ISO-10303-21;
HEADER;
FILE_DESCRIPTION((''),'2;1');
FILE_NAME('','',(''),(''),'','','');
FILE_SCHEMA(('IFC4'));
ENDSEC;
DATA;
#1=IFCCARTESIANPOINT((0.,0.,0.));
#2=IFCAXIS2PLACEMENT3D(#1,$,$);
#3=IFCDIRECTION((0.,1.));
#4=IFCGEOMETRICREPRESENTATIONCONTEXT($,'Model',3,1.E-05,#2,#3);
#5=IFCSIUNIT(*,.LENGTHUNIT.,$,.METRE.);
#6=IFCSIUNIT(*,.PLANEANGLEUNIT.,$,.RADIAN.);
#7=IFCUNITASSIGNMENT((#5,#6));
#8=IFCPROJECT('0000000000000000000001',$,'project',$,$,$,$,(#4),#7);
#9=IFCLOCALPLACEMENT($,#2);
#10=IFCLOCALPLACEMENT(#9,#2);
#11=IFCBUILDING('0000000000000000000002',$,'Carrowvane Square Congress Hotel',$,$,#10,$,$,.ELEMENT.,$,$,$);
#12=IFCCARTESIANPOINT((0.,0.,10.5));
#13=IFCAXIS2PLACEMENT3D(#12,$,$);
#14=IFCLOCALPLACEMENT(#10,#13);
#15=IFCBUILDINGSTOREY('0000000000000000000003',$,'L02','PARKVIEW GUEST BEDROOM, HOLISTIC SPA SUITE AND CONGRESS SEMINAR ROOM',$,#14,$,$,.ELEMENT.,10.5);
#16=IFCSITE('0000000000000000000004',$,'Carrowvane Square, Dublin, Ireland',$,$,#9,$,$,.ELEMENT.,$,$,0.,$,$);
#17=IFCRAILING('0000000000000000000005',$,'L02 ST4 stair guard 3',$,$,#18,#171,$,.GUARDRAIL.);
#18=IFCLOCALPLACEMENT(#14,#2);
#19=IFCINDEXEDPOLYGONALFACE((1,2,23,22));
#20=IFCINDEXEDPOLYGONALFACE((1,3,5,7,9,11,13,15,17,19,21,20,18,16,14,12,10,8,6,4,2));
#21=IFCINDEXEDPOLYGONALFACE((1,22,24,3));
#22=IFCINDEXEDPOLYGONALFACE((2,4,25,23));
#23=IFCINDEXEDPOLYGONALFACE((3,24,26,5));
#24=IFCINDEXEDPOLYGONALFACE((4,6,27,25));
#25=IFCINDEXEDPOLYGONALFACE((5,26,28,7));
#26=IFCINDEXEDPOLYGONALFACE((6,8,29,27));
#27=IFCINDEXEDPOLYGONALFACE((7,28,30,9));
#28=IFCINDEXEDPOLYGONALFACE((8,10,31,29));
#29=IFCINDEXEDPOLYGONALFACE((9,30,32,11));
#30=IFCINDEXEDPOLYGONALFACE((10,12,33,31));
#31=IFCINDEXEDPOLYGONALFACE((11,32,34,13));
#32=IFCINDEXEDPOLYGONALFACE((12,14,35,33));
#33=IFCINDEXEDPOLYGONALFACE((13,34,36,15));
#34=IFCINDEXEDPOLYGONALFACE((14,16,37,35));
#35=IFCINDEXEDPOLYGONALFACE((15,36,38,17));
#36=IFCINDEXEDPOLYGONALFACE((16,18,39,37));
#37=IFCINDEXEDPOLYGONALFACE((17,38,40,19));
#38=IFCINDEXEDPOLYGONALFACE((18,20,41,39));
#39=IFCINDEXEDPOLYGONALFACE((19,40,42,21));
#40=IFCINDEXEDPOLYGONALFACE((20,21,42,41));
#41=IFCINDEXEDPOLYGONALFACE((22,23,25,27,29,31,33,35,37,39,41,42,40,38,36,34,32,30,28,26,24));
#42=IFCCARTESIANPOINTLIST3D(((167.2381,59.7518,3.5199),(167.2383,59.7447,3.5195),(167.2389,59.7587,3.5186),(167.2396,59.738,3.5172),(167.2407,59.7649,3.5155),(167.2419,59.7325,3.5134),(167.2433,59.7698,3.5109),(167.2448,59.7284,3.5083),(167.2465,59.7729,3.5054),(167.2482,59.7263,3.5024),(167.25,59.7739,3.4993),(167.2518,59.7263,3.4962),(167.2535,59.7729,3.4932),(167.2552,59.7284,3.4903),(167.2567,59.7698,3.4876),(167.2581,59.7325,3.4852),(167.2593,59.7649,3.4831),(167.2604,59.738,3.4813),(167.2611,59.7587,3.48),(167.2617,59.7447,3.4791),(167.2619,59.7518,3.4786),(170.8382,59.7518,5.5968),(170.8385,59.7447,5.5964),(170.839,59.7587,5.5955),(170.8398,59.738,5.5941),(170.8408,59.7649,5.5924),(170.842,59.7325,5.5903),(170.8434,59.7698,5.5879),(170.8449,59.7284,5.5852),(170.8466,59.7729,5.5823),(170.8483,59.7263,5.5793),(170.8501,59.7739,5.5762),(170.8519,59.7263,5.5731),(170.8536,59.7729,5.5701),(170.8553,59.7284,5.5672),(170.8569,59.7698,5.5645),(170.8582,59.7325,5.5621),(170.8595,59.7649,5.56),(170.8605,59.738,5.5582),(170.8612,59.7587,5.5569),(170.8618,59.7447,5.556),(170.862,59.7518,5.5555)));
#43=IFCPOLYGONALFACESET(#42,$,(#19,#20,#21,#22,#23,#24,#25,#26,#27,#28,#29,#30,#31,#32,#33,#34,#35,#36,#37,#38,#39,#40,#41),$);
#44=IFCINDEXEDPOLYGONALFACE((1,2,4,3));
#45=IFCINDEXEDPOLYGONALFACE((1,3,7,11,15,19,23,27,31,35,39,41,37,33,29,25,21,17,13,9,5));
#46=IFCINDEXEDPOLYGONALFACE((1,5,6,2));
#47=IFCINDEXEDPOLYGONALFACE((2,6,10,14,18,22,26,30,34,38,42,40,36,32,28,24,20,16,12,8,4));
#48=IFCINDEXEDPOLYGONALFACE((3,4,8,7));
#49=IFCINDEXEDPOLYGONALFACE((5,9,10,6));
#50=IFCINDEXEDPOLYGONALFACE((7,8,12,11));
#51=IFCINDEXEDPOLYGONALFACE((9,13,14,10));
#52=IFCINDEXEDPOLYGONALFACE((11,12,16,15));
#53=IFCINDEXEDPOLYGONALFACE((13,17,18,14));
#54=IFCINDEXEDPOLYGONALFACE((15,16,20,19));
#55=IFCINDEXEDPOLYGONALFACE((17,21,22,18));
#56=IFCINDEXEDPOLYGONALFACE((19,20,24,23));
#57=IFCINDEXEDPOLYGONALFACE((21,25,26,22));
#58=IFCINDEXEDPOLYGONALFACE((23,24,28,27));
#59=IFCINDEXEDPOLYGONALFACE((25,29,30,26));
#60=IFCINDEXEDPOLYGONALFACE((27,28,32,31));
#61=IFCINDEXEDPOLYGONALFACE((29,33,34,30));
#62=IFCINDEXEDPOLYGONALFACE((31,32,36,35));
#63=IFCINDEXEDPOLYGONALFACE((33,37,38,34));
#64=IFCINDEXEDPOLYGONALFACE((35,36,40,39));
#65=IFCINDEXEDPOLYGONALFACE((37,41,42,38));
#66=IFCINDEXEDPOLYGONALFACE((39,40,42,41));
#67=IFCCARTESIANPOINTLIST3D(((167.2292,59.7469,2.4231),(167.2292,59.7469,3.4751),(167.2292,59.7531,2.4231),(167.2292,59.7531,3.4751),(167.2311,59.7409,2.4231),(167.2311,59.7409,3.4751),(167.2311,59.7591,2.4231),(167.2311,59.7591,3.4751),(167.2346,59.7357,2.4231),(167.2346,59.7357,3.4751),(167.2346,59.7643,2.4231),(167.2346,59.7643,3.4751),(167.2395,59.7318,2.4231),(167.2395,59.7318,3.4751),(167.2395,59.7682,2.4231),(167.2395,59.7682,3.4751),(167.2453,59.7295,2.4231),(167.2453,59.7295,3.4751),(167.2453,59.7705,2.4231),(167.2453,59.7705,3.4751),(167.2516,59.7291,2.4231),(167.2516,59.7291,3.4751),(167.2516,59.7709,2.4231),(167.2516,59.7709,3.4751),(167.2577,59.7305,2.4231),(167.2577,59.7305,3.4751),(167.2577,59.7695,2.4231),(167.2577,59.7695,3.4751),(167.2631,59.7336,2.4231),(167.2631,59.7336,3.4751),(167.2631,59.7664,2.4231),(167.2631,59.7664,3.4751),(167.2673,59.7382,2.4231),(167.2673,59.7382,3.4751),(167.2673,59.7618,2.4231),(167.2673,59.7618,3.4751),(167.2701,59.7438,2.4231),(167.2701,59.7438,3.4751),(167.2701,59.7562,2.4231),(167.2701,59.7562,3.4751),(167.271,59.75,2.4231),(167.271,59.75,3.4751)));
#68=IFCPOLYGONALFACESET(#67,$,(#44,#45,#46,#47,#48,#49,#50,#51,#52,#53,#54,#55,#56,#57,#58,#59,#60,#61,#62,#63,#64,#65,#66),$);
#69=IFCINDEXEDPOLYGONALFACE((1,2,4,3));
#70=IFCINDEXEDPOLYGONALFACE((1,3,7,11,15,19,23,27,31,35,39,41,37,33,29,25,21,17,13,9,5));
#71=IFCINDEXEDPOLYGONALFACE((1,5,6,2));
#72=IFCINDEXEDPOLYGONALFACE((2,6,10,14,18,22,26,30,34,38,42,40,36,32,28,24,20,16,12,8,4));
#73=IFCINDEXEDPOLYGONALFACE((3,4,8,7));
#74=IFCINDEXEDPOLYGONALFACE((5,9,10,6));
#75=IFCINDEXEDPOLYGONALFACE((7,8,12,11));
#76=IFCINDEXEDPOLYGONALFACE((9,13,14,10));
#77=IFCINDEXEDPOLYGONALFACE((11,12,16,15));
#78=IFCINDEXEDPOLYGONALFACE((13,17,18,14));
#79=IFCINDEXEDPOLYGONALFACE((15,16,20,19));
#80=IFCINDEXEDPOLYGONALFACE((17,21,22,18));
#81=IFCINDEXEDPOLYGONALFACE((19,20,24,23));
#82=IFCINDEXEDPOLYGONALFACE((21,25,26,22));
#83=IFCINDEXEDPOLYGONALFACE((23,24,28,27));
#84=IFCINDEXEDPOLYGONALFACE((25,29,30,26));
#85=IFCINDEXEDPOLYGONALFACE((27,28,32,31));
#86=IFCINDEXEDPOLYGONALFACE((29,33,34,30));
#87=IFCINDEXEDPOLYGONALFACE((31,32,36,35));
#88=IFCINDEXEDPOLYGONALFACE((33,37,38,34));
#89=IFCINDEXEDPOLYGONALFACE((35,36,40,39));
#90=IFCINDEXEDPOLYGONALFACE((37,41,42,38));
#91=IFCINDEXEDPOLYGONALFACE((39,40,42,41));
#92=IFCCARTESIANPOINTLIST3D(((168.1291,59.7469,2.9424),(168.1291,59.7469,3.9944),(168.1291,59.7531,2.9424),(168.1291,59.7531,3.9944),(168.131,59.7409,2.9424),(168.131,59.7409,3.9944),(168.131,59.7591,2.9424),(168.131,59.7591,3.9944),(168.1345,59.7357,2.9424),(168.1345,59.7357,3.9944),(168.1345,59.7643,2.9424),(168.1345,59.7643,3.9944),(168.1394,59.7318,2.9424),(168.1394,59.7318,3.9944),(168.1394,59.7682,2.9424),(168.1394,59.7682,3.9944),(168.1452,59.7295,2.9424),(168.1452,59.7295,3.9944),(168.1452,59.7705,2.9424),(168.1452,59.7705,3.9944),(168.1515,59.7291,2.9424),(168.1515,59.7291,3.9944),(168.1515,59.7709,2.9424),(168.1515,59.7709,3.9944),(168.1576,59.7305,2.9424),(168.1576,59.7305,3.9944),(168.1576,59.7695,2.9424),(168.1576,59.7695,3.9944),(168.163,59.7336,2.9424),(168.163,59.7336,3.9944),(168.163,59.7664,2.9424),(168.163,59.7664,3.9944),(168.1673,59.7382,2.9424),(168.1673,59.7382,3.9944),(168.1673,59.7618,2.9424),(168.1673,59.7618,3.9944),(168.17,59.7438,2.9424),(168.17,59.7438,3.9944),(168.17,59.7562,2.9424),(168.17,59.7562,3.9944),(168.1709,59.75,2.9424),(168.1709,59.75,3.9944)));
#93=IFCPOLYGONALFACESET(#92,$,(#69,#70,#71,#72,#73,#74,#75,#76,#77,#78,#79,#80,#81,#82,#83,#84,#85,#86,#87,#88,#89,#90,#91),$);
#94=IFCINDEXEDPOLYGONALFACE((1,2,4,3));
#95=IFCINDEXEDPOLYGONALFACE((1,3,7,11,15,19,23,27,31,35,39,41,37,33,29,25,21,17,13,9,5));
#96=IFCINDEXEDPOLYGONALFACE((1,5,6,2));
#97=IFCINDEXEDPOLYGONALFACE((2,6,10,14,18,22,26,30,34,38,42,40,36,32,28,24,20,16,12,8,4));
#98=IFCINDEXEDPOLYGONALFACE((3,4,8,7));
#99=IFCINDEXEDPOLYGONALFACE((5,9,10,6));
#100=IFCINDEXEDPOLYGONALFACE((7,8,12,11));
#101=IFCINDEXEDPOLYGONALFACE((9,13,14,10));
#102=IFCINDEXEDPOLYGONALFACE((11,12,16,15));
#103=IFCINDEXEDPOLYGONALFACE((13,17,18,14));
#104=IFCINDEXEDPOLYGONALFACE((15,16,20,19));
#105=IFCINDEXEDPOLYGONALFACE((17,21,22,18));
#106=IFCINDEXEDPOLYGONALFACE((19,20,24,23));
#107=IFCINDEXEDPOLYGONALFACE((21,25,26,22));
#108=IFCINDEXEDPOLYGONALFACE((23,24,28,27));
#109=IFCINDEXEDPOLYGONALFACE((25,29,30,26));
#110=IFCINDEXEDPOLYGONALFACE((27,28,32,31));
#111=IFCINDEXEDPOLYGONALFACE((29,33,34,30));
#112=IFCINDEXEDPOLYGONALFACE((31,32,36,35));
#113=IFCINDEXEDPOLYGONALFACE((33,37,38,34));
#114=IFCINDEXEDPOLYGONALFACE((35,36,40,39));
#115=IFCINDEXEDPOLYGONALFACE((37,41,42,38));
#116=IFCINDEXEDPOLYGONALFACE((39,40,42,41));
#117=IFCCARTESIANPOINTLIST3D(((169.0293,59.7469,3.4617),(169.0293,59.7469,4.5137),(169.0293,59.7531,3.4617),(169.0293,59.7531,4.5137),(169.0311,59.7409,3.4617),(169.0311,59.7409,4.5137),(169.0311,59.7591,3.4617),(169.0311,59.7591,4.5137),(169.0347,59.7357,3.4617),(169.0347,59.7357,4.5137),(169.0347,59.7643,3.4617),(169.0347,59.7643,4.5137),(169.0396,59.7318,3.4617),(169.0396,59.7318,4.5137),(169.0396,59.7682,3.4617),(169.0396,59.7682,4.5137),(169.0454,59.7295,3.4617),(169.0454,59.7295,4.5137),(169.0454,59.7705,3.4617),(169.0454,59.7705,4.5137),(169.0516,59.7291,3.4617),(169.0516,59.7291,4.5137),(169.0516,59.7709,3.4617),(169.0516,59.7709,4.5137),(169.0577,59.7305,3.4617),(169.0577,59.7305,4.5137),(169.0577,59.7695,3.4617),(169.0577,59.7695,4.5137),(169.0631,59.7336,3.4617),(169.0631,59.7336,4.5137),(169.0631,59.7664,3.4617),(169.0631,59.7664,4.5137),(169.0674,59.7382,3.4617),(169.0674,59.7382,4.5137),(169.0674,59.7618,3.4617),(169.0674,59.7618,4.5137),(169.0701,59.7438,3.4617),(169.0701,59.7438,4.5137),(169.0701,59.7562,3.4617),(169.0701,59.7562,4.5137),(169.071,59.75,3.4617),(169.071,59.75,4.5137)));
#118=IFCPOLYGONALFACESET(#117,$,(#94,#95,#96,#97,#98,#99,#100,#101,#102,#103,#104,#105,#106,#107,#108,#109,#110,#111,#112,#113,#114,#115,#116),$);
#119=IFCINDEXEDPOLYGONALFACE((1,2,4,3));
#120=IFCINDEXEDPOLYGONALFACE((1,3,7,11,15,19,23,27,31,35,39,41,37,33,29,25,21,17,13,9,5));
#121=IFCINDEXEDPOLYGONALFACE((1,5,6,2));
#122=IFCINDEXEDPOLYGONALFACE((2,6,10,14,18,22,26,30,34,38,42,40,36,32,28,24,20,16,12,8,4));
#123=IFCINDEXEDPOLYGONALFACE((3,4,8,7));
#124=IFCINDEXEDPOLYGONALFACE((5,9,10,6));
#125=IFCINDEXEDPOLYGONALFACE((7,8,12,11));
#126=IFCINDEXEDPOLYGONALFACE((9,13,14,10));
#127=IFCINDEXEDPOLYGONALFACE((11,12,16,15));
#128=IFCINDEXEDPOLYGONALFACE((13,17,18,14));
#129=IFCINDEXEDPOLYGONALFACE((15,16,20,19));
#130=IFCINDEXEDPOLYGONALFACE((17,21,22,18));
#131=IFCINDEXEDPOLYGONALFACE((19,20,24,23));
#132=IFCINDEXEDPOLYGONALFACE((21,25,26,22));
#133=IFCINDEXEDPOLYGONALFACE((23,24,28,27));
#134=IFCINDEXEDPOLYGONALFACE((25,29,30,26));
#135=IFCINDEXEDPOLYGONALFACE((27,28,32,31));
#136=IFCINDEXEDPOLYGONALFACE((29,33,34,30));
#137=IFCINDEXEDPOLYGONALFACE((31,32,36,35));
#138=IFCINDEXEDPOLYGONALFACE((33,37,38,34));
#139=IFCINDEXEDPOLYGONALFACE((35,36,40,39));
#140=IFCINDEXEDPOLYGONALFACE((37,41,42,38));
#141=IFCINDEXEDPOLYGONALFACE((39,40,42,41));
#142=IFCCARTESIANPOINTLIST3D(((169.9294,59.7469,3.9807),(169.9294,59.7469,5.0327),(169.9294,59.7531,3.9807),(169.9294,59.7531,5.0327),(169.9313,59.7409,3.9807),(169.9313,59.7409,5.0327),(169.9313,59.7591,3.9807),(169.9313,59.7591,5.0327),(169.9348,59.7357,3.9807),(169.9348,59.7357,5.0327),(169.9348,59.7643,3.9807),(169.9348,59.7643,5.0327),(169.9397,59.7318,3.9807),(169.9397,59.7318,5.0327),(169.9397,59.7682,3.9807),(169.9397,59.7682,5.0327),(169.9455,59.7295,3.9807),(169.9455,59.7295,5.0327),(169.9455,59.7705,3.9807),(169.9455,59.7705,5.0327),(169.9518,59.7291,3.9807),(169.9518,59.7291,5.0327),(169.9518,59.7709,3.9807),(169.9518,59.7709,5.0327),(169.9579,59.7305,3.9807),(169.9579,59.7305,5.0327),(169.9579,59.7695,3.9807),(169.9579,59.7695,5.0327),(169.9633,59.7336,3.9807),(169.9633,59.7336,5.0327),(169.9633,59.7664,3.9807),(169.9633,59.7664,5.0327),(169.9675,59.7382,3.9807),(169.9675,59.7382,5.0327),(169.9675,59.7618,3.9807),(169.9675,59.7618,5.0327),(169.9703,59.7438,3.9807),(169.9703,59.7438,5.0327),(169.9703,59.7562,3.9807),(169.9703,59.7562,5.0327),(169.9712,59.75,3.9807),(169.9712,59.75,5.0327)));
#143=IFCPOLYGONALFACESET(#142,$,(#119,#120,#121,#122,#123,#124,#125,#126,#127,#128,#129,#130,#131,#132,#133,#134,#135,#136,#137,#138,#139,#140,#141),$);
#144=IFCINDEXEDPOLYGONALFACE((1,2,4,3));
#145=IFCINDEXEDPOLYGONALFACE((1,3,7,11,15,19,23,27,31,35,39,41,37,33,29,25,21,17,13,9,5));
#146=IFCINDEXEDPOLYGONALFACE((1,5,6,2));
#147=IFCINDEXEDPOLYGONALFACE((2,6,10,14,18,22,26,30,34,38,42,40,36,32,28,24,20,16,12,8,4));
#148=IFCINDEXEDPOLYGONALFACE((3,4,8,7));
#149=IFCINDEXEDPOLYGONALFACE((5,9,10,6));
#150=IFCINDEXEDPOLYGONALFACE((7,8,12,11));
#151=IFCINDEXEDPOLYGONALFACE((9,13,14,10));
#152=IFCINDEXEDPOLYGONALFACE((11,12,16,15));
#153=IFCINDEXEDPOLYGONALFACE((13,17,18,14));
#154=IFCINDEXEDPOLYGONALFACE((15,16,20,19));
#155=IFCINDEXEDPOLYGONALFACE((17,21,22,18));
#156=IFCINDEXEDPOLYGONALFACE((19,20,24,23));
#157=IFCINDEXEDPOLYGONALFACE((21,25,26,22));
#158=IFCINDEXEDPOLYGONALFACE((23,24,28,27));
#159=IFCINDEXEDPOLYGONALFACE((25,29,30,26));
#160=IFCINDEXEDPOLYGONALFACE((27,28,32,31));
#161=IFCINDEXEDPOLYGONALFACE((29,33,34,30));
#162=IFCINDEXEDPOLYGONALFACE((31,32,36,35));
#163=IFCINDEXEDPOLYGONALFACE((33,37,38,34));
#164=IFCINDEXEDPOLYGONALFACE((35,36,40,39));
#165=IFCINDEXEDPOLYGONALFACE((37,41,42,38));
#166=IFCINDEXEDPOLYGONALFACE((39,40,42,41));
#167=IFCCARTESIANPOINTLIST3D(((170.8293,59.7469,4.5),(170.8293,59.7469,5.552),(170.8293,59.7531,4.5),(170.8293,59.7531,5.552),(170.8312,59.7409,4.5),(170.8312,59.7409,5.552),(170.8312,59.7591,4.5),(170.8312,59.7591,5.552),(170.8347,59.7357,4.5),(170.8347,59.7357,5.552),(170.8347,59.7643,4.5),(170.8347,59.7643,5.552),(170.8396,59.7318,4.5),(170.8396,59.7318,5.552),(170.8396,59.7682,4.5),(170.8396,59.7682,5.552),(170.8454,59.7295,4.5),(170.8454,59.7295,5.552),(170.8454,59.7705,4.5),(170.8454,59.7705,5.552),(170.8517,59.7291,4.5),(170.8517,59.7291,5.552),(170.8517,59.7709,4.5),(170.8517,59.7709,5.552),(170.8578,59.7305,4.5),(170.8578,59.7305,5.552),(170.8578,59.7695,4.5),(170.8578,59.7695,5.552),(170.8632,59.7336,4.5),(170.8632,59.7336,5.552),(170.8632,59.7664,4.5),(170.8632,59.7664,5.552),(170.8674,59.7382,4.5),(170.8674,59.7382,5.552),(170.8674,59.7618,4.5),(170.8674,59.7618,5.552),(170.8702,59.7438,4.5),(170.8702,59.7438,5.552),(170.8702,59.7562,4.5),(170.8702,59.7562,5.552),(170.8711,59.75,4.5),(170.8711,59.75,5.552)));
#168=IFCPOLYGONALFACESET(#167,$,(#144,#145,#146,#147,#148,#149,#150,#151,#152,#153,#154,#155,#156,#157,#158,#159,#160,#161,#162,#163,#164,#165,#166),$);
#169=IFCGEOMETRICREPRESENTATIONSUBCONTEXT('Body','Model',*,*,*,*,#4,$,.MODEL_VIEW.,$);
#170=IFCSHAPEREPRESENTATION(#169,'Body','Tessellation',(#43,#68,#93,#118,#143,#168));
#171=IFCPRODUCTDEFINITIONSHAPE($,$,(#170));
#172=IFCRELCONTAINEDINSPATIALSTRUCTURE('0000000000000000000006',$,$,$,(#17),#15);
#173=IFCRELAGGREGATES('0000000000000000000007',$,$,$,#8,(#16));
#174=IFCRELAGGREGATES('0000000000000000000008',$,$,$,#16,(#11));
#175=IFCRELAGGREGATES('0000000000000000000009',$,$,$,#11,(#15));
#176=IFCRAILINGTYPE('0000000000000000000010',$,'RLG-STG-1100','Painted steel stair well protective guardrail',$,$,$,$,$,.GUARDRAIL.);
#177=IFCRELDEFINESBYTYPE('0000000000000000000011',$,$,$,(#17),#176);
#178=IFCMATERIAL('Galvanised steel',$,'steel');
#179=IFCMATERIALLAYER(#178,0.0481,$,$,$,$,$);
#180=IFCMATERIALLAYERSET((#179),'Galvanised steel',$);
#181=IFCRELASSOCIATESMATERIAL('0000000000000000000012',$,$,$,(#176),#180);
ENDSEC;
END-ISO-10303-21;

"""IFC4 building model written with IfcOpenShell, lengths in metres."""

from ifc_helpers import new_model, si_unit, direction, frame, origin, origin_2d, place, context, subcontext, project, spatial, circle, extrude, material, layer, layer_set, type_object, element, save


model = new_model("IFC4")

# Units and contexts
model_context = context("Model", 3, precision=1e-05, world=origin(), true_north=direction((0.0, 1.0)))
body_context = subcontext(model_context, "Body", "Model", "MODEL_VIEW")
ifc_project = project(units=[si_unit("LENGTHUNIT", "METRE"), si_unit("PLANEANGLEUNIT", "RADIAN")], contexts=[model_context])

# Site, building, storey
site_placement = place(None, origin())
site = spatial("IfcSite", under=ifc_project, at=site_placement, Name="Carrowvane Square, Dublin, Ireland", CompositionType="ELEMENT", RefElevation=0.0)
building_placement = place(site_placement, origin())
building = spatial("IfcBuilding", under=site, at=building_placement, Name="Carrowvane Square Congress Hotel", CompositionType="ELEMENT")
storey_placement = place(building_placement, frame((0.0, 0.0, 10.5)))
storey = spatial("IfcBuildingStorey", under=building, at=storey_placement, Name="L02", Description="PARKVIEW GUEST BEDROOM, HOLISTIC SPA SUITE AND CONGRESS SEMINAR ROOM", CompositionType="ELEMENT", Elevation=10.5)

# Railing
ifc_material_1 = material(Name="Galvanised steel", Category="steel")
ifc_layer_1 = layer(ifc_material_1, 0.0481)
ifc_layer_set_1 = layer_set([ifc_layer_1], Name="Galvanised steel")
railing_type_1 = type_object("IfcRailingType", Name="RLG-STG-1100", Description="Painted steel stair well protective guardrail", PredefinedType="GUARDRAIL", material=ifc_layer_set_1)
railing_1_placement = place(storey_placement, frame((167.25, 59.75, 2.4231)))
element("IfcRailing", 1, at=railing_1_placement, inside=storey, type_object=railing_type_1, Name="L02 ST4 stair guard 3", PredefinedType="GUARDRAIL", context=body_context, shape_type="SweptSolid", body=[
    extrude(circle(Radius=0.0239, at=origin_2d()), frame((0.0, 0.0, 1.0762), z_axis=(0.866193, 0.0, 0.499709), x_axis=(0.0, 1.0, 0.0)), (0.0, 0.0, 1.0), 4.1562),
    extrude(circle(Radius=0.021, at=origin_2d()), origin(), (0.0, 0.0, 1.0), 1.052),
    extrude(circle(Radius=0.021, at=origin_2d()), frame((0.8999, 0.0, 0.5193)), (0.0, 0.0, 1.0), 1.052),
    extrude(circle(Radius=0.021, at=origin_2d()), frame((1.8, 0.0, 1.0386)), (0.0, 0.0, 1.0), 1.052),
    extrude(circle(Radius=0.021, at=origin_2d()), frame((2.7002, 0.0, 1.5576)), (0.0, 0.0, 1.0), 1.052),
    extrude(circle(Radius=0.021, at=origin_2d()), frame((3.6001, 0.0, 2.0769)), (0.0, 0.0, 1.0), 1.052),
])

save(model, "model.ifc")
